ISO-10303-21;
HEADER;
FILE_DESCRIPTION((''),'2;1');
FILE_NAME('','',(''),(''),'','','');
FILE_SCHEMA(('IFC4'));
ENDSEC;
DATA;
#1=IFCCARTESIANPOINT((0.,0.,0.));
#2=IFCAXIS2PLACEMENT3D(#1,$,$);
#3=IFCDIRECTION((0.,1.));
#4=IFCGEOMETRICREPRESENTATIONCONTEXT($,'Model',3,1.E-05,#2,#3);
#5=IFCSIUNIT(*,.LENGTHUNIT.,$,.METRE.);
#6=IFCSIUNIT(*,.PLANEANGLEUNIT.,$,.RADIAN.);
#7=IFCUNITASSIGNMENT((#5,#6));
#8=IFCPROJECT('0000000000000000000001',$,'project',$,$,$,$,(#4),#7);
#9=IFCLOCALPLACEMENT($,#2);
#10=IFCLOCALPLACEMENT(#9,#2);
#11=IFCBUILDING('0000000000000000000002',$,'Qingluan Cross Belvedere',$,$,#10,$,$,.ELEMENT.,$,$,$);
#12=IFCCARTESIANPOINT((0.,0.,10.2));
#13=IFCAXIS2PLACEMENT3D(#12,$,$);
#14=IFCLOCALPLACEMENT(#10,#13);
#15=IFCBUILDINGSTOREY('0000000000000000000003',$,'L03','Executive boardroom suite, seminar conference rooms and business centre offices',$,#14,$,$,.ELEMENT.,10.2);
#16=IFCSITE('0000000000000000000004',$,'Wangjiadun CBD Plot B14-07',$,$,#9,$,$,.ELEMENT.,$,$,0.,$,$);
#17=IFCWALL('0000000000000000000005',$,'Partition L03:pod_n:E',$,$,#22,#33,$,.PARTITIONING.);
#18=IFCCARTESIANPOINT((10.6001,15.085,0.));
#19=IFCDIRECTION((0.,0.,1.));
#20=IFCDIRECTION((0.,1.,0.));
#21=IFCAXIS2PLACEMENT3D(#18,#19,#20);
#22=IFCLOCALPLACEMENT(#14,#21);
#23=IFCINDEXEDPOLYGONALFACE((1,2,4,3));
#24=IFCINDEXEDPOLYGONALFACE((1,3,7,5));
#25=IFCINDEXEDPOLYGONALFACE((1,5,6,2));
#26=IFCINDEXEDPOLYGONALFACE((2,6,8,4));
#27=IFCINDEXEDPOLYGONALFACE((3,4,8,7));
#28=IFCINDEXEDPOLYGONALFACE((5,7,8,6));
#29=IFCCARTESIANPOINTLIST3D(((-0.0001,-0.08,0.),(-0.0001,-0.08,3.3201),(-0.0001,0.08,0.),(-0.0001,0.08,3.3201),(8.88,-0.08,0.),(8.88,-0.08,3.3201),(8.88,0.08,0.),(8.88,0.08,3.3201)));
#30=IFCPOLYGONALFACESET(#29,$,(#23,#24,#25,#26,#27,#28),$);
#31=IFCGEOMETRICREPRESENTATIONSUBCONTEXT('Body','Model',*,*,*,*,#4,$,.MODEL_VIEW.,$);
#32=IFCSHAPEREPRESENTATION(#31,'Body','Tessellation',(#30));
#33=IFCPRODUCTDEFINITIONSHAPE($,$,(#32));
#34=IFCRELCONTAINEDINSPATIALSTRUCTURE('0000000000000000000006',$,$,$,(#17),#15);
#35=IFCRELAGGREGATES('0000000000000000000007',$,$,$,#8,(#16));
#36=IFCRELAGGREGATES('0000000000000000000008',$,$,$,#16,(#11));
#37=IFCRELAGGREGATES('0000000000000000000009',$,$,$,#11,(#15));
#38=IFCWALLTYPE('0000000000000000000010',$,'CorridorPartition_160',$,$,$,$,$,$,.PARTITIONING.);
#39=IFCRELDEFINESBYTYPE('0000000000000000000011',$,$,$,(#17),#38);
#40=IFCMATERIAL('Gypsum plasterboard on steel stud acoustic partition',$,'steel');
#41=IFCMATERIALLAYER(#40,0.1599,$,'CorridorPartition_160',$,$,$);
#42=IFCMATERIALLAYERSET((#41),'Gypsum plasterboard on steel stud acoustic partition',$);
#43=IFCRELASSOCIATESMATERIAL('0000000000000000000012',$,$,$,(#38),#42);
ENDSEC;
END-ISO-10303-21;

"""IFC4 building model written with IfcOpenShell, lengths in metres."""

from ifc_helpers import new_model, si_unit, direction, frame, frame_2d, origin, place, context, subcontext, project, spatial, rectangle, extrude, material, layer, layer_set, type_object, element, save


model = new_model("IFC4")

# Units and contexts
model_context = context("Model", 3, precision=1e-05, world=origin(), true_north=direction((0.0, 1.0)))
body_context = subcontext(model_context, "Body", "Model", "MODEL_VIEW")
ifc_project = project(units=[si_unit("LENGTHUNIT", "METRE"), si_unit("PLANEANGLEUNIT", "RADIAN")], contexts=[model_context])

# Site, building, storey
site_placement = place(None, origin())
site = spatial("IfcSite", under=ifc_project, at=site_placement, Name="Wangjiadun CBD Plot B14-07", CompositionType="ELEMENT", RefElevation=0.0)
building_placement = place(site_placement, origin())
building = spatial("IfcBuilding", under=site, at=building_placement, Name="Qingluan Cross Belvedere", CompositionType="ELEMENT")
storey_placement = place(building_placement, frame((0.0, 0.0, 10.2)))
storey = spatial("IfcBuildingStorey", under=building, at=storey_placement, Name="L03", Description="Executive boardroom suite, seminar conference rooms and business centre offices", CompositionType="ELEMENT", Elevation=10.2)

# Wall
ifc_material_1 = material(Name="Gypsum plasterboard on steel stud acoustic partition", Category="steel")
ifc_layer_1 = layer(ifc_material_1, 0.1599, Name="CorridorPartition_160")
ifc_layer_set_1 = layer_set([ifc_layer_1], Name="Gypsum plasterboard on steel stud acoustic partition")
wall_type_1 = type_object("IfcWallType", Name="CorridorPartition_160", PredefinedType="PARTITIONING", material=ifc_layer_set_1)
wall_1_placement = place(storey_placement, frame((10.6001, 15.085, 0.0), z_axis=(0.0, 0.0, 1.0), x_axis=(0.0, 1.0, 0.0)))
element("IfcWall", 1, at=wall_1_placement, inside=storey, type_object=wall_type_1, Name="Partition L03:pod_n:E", PredefinedType="PARTITIONING", context=body_context, shape_type="SweptSolid", body=[
    extrude(rectangle(XDim=8.8801, YDim=0.1599, at=frame_2d((4.4399, 0.0))), origin(), (0.0, 0.0, 1.0), 3.3201),
])

save(model, "model.ifc")
